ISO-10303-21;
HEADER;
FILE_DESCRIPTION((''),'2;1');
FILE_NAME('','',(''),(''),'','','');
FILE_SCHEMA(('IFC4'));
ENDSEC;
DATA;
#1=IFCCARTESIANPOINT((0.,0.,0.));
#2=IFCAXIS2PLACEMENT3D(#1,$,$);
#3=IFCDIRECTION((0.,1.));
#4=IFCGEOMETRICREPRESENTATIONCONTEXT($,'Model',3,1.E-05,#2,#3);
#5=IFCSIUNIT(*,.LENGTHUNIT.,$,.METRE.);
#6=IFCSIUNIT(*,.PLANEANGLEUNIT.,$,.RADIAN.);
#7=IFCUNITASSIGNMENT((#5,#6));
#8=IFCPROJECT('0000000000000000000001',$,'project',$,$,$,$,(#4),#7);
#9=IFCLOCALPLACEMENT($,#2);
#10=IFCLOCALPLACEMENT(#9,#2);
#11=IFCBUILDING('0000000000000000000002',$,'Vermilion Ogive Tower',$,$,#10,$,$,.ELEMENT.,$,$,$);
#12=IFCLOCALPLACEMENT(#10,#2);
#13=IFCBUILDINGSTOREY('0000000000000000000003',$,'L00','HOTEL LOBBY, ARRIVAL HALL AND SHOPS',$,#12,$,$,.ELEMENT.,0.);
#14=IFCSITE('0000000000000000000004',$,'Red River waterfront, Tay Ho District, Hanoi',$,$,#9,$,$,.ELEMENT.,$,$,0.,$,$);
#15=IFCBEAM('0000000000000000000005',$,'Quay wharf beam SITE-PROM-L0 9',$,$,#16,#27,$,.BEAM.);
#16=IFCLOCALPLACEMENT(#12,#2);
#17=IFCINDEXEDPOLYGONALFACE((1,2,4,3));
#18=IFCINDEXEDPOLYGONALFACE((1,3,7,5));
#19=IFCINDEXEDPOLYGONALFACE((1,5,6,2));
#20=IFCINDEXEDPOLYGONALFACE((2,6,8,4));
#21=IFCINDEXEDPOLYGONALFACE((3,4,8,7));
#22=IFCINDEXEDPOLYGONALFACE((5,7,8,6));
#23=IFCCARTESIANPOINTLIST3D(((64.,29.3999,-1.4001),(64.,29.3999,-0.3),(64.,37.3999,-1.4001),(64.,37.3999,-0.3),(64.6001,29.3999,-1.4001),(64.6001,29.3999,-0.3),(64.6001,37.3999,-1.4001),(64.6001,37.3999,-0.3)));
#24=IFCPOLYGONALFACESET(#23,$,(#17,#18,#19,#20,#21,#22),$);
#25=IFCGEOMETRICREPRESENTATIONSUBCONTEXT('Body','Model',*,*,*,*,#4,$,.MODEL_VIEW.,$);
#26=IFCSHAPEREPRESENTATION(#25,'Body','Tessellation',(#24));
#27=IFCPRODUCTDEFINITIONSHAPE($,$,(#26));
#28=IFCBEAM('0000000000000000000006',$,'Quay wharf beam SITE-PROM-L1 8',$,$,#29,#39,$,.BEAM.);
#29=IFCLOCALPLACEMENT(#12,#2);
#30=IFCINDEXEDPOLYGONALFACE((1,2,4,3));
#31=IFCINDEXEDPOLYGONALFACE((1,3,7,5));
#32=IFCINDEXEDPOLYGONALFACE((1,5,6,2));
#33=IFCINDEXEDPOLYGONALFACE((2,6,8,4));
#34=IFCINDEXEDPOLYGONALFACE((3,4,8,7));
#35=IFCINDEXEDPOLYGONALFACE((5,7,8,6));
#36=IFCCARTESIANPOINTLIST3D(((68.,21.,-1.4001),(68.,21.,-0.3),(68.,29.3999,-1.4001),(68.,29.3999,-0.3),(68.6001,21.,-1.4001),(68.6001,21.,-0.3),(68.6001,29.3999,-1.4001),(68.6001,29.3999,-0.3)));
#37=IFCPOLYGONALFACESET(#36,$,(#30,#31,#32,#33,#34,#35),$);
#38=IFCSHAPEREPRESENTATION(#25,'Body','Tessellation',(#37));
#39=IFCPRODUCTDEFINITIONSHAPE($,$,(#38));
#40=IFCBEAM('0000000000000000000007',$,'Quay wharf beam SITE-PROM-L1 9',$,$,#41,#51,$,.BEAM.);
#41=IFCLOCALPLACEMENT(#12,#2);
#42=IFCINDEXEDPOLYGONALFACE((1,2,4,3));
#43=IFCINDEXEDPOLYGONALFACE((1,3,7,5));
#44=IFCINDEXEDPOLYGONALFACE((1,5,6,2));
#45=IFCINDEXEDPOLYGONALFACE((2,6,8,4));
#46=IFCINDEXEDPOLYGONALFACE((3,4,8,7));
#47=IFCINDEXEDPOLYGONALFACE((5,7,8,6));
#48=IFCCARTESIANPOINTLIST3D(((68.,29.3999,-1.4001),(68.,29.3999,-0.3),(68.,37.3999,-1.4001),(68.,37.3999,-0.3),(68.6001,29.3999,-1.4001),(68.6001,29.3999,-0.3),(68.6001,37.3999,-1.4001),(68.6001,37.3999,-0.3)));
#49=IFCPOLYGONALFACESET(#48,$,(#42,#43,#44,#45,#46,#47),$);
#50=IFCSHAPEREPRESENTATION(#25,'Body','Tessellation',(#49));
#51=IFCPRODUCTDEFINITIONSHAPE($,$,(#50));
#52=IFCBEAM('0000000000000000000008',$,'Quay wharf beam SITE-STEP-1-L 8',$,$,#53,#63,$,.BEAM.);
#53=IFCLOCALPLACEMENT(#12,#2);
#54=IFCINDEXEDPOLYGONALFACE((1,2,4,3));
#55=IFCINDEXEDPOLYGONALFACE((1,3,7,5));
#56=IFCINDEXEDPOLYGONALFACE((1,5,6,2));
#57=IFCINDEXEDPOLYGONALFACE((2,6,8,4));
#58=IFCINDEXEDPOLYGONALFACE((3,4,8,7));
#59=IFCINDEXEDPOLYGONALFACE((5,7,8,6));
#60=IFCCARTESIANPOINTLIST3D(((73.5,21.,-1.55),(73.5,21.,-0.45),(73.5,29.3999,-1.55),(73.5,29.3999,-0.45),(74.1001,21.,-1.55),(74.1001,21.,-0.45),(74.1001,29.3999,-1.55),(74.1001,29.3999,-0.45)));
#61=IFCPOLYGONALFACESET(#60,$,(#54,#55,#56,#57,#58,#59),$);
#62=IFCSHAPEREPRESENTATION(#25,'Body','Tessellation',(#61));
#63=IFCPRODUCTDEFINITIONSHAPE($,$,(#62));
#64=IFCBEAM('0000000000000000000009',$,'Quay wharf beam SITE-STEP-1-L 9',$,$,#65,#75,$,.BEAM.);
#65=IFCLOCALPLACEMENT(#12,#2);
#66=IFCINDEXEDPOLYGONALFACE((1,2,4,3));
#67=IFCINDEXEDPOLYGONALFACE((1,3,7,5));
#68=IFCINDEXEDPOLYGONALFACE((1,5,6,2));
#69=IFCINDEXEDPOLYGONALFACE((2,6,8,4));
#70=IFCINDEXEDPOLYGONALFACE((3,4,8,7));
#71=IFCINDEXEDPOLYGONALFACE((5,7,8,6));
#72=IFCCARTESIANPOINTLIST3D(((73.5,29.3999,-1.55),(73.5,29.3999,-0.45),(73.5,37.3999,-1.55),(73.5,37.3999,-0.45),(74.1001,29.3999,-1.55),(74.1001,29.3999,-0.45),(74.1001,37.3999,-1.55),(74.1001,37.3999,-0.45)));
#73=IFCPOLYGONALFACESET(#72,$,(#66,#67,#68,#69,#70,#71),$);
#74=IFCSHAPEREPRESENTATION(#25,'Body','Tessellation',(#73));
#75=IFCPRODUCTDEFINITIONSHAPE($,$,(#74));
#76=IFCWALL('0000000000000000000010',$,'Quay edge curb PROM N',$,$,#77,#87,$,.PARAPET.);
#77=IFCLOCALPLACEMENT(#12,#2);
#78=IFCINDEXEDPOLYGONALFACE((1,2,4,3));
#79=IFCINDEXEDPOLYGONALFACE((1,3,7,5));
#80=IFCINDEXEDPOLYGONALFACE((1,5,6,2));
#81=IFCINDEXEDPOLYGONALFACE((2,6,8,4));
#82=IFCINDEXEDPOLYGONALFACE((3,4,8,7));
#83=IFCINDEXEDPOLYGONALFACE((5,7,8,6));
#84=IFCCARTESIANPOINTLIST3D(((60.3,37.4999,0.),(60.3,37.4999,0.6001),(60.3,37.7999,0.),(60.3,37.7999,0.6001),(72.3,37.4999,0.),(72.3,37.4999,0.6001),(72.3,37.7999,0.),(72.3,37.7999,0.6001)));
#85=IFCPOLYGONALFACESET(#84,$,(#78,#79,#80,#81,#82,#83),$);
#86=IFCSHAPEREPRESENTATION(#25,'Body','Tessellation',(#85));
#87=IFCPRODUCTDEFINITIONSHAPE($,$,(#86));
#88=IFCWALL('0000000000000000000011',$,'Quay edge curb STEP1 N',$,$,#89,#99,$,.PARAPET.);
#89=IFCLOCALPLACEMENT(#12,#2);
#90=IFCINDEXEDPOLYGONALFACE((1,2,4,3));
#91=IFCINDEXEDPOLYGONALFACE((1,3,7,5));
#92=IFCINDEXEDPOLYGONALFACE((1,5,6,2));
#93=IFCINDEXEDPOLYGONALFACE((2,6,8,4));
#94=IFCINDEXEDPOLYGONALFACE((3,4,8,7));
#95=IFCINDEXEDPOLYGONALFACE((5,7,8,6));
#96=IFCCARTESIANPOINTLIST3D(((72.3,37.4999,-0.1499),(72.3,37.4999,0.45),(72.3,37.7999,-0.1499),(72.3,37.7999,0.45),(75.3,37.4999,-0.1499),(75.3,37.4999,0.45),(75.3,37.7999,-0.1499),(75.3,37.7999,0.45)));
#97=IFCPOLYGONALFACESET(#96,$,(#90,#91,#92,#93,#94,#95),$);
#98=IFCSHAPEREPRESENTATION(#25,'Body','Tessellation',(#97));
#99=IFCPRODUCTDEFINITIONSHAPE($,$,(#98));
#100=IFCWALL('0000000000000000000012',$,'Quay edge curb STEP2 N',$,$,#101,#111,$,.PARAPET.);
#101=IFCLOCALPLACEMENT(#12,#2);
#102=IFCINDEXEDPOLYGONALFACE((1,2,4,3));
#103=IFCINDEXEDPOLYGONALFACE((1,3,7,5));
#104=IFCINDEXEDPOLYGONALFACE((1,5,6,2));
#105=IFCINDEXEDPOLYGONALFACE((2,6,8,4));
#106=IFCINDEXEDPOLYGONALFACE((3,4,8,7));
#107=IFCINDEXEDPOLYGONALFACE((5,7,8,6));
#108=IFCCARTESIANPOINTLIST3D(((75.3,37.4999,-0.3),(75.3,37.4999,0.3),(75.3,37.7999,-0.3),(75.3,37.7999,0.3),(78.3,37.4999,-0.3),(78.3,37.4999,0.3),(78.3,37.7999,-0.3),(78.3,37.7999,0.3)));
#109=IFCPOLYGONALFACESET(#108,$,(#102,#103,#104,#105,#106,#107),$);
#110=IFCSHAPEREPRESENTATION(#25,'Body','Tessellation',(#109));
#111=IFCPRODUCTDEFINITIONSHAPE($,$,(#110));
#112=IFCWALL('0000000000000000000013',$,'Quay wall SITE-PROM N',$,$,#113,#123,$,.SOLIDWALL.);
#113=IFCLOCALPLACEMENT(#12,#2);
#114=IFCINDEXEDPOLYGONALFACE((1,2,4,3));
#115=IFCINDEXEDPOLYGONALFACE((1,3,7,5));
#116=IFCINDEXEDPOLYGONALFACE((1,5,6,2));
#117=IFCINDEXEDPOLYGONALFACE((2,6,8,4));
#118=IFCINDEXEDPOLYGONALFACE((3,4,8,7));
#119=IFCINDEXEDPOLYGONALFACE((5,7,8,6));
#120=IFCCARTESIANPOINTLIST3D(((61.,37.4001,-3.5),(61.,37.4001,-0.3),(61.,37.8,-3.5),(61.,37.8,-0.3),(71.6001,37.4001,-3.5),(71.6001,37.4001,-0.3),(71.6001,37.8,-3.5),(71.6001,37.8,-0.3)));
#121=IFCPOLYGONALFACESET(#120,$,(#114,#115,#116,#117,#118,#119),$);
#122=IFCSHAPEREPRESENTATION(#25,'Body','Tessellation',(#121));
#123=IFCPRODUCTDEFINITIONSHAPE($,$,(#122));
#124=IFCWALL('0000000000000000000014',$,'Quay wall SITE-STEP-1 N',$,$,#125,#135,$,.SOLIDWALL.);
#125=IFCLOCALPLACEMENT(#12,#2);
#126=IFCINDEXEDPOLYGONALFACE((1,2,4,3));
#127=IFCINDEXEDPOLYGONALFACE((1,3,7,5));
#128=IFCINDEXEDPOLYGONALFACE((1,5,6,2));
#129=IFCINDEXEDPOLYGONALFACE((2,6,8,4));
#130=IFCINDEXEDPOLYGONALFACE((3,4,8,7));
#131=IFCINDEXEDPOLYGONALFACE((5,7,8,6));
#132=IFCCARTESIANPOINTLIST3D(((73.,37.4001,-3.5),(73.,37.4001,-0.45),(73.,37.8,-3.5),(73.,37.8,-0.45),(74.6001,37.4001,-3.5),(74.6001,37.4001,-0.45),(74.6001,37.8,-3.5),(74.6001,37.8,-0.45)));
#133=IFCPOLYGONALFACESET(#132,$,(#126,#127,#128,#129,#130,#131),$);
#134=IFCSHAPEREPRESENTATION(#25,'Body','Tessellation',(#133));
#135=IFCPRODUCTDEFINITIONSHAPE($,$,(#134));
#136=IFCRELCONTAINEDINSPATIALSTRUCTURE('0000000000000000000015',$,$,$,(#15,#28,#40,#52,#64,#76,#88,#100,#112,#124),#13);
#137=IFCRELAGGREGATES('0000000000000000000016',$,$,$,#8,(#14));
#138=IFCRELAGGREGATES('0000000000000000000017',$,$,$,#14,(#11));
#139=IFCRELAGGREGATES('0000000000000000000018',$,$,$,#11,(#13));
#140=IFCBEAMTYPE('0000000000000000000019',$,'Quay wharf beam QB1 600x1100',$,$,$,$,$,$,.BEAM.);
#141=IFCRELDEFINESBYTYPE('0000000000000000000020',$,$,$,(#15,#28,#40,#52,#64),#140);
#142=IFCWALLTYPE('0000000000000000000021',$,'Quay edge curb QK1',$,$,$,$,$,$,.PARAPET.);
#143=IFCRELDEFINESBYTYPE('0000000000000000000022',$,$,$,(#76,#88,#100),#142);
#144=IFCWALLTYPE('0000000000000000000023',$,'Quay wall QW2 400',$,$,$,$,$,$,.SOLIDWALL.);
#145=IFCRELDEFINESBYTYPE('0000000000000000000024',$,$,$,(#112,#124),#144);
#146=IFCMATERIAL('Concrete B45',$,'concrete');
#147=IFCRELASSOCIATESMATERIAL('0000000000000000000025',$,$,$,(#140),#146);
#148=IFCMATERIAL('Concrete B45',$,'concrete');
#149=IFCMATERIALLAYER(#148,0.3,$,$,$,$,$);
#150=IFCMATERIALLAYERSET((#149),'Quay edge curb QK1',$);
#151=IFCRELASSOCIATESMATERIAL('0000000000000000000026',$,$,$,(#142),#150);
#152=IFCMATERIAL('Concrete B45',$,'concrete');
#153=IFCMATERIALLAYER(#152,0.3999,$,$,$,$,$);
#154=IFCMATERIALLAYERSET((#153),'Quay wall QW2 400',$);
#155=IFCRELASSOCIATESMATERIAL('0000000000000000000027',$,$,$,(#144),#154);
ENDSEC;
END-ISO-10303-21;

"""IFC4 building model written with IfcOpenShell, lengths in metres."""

from ifc_helpers import new_model, si_unit, direction, frame, frame_2d, origin, origin_2d, place, context, subcontext, project, spatial, rectangle, extrude, material, layer, layer_set, material_profile, profile_set, type_object, element, save


model = new_model("IFC4")

# Units and contexts
model_context = context("Model", 3, precision=1e-05, world=origin(), true_north=direction((0.0, 1.0)))
body_context = subcontext(model_context, "Body", "Model", "MODEL_VIEW")
ifc_project = project(units=[si_unit("LENGTHUNIT", "METRE"), si_unit("PLANEANGLEUNIT", "RADIAN")], contexts=[model_context])

# Site, building, storey
site_placement = place(None, origin())
site = spatial("IfcSite", under=ifc_project, at=site_placement, Name="Red River waterfront, Tay Ho District, Hanoi", CompositionType="ELEMENT", RefElevation=0.0)
building_placement = place(site_placement, origin())
building = spatial("IfcBuilding", under=site, at=building_placement, Name="Vermilion Ogive Tower", CompositionType="ELEMENT")
storey_placement = place(building_placement, origin())
storey = spatial("IfcBuildingStorey", under=building, at=storey_placement, Name="L00", Description="HOTEL LOBBY, ARRIVAL HALL AND SHOPS", CompositionType="ELEMENT", Elevation=0.0)

# Beams
ifc_material_1 = material(Name="Concrete B45", Category="concrete")
ifc_material_profile = material_profile(ifc_material_1, rectangle(XDim=0.6001, YDim=1.1001, at=origin_2d()), Name="RC 600x1100")
ifc_profile_set = profile_set([ifc_material_profile], Name="Concrete B45")
beam_type = type_object("IfcBeamType", Name="Quay wharf beam QB1 600x1100", PredefinedType="BEAM", material=ifc_profile_set)
beam_1_placement = place(storey_placement, frame((64.3, 29.3999, -0.8501), z_axis=(0.0, 1.0, 0.0), x_axis=(-1.0, 0.0, 0.0)))
element("IfcBeam", 1, at=beam_1_placement, inside=storey, type_object=beam_type, Name="Quay wharf beam SITE-PROM-L0 9", PredefinedType="BEAM", context=body_context, shape_type="SweptSolid", body=[
    extrude(rectangle(XDim=0.6001, YDim=1.1001, at=origin_2d()), origin(), (0.0, 0.0, 1.0), 8.0),
])
beam_2_placement = place(storey_placement, frame((68.3, 21.0, -0.8501), z_axis=(0.0, 1.0, 0.0), x_axis=(-1.0, 0.0, 0.0)))
element("IfcBeam", 2, at=beam_2_placement, inside=storey, type_object=beam_type, Name="Quay wharf beam SITE-PROM-L1 8", PredefinedType="BEAM", context=body_context, shape_type="SweptSolid", body=[
    extrude(rectangle(XDim=0.6001, YDim=1.1001, at=origin_2d()), origin(), (0.0, 0.0, 1.0), 8.3999),
])
beam_3_placement = place(storey_placement, frame((68.3, 29.3999, -0.8501), z_axis=(0.0, 1.0, 0.0), x_axis=(-1.0, 0.0, 0.0)))
element("IfcBeam", 3, at=beam_3_placement, inside=storey, type_object=beam_type, Name="Quay wharf beam SITE-PROM-L1 9", PredefinedType="BEAM", context=body_context, shape_type="SweptSolid", body=[
    extrude(rectangle(XDim=0.6001, YDim=1.1001, at=origin_2d()), origin(), (0.0, 0.0, 1.0), 8.0),
])
beam_4_placement = place(storey_placement, frame((73.8, 21.0, -1.0), z_axis=(0.0, 1.0, 0.0), x_axis=(-1.0, 0.0, 0.0)))
element("IfcBeam", 4, at=beam_4_placement, inside=storey, type_object=beam_type, Name="Quay wharf beam SITE-STEP-1-L 8", PredefinedType="BEAM", context=body_context, shape_type="SweptSolid", body=[
    extrude(rectangle(XDim=0.6001, YDim=1.1001, at=origin_2d()), origin(), (0.0, 0.0, 1.0), 8.3999),
])
beam_5_placement = place(storey_placement, frame((73.8, 29.3999, -1.0), z_axis=(0.0, 1.0, 0.0), x_axis=(-1.0, 0.0, 0.0)))
element("IfcBeam", 5, at=beam_5_placement, inside=storey, type_object=beam_type, Name="Quay wharf beam SITE-STEP-1-L 9", PredefinedType="BEAM", context=body_context, shape_type="SweptSolid", body=[
    extrude(rectangle(XDim=0.6001, YDim=1.1001, at=origin_2d()), origin(), (0.0, 0.0, 1.0), 8.0),
])

# Walls
ifc_material_2 = material(Name="Concrete B45", Category="concrete")
ifc_layer_1 = layer(ifc_material_2, 0.3)
ifc_layer_set_1 = layer_set([ifc_layer_1], Name="Quay edge curb QK1")
wall_type_1 = type_object("IfcWallType", Name="Quay edge curb QK1", PredefinedType="PARAPET", material=ifc_layer_set_1)
wall_1_placement = place(storey_placement, frame((60.3, 37.6499, 0.0), z_axis=(0.0, 0.0, 1.0), x_axis=(1.0, 0.0, 0.0)))
element("IfcWall", 6, at=wall_1_placement, inside=storey, type_object=wall_type_1, Name="Quay edge curb PROM N", PredefinedType="PARAPET", context=body_context, shape_type="SweptSolid", body=[
    extrude(rectangle(XDim=12.0, YDim=0.3, at=frame_2d((6.0, 0.0))), origin(), (0.0, 0.0, 1.0), 0.6001),
])
wall_2_placement = place(storey_placement, frame((72.3, 37.6499, -0.1499), z_axis=(0.0, 0.0, 1.0), x_axis=(1.0, 0.0, 0.0)))
element("IfcWall", 7, at=wall_2_placement, inside=storey, type_object=wall_type_1, Name="Quay edge curb STEP1 N", PredefinedType="PARAPET", context=body_context, shape_type="SweptSolid", body=[
    extrude(rectangle(XDim=3.0, YDim=0.3, at=frame_2d((1.5, 0.0))), origin(), (0.0, 0.0, 1.0), 0.5999),
])
wall_3_placement = place(storey_placement, frame((75.3, 37.6499, -0.3), z_axis=(0.0, 0.0, 1.0), x_axis=(1.0, 0.0, 0.0)))
element("IfcWall", 8, at=wall_3_placement, inside=storey, type_object=wall_type_1, Name="Quay edge curb STEP2 N", PredefinedType="PARAPET", context=body_context, shape_type="SweptSolid", body=[
    extrude(rectangle(XDim=3.0, YDim=0.3, at=frame_2d((1.5, 0.0))), origin(), (0.0, 0.0, 1.0), 0.6001),
])
ifc_material_3 = material(Name="Concrete B45", Category="concrete")
ifc_layer_2 = layer(ifc_material_3, 0.3999)
ifc_layer_set_2 = layer_set([ifc_layer_2], Name="Quay wall QW2 400")
wall_type_2 = type_object("IfcWallType", Name="Quay wall QW2 400", PredefinedType="SOLIDWALL", material=ifc_layer_set_2)
wall_4_placement = place(storey_placement, frame((61.0, 37.6001, -3.5), z_axis=(0.0, 0.0, 1.0), x_axis=(1.0, 0.0, 0.0)))
element("IfcWall", 9, at=wall_4_placement, inside=storey, type_object=wall_type_2, Name="Quay wall SITE-PROM N", PredefinedType="SOLIDWALL", context=body_context, shape_type="SweptSolid", body=[
    extrude(rectangle(XDim=10.6001, YDim=0.3999, at=frame_2d((5.3, 0.0))), origin(), (0.0, 0.0, 1.0), 3.2),
])
wall_5_placement = place(storey_placement, frame((73.0, 37.6001, -3.5), z_axis=(0.0, 0.0, 1.0), x_axis=(1.0, 0.0, 0.0)))
element("IfcWall", 10, at=wall_5_placement, inside=storey, type_object=wall_type_2, Name="Quay wall SITE-STEP-1 N", PredefinedType="SOLIDWALL", context=body_context, shape_type="SweptSolid", body=[
    extrude(rectangle(XDim=1.6001, YDim=0.3999, at=frame_2d((0.8, 0.0))), origin(), (0.0, 0.0, 1.0), 3.05),
])

save(model, "model.ifc")
